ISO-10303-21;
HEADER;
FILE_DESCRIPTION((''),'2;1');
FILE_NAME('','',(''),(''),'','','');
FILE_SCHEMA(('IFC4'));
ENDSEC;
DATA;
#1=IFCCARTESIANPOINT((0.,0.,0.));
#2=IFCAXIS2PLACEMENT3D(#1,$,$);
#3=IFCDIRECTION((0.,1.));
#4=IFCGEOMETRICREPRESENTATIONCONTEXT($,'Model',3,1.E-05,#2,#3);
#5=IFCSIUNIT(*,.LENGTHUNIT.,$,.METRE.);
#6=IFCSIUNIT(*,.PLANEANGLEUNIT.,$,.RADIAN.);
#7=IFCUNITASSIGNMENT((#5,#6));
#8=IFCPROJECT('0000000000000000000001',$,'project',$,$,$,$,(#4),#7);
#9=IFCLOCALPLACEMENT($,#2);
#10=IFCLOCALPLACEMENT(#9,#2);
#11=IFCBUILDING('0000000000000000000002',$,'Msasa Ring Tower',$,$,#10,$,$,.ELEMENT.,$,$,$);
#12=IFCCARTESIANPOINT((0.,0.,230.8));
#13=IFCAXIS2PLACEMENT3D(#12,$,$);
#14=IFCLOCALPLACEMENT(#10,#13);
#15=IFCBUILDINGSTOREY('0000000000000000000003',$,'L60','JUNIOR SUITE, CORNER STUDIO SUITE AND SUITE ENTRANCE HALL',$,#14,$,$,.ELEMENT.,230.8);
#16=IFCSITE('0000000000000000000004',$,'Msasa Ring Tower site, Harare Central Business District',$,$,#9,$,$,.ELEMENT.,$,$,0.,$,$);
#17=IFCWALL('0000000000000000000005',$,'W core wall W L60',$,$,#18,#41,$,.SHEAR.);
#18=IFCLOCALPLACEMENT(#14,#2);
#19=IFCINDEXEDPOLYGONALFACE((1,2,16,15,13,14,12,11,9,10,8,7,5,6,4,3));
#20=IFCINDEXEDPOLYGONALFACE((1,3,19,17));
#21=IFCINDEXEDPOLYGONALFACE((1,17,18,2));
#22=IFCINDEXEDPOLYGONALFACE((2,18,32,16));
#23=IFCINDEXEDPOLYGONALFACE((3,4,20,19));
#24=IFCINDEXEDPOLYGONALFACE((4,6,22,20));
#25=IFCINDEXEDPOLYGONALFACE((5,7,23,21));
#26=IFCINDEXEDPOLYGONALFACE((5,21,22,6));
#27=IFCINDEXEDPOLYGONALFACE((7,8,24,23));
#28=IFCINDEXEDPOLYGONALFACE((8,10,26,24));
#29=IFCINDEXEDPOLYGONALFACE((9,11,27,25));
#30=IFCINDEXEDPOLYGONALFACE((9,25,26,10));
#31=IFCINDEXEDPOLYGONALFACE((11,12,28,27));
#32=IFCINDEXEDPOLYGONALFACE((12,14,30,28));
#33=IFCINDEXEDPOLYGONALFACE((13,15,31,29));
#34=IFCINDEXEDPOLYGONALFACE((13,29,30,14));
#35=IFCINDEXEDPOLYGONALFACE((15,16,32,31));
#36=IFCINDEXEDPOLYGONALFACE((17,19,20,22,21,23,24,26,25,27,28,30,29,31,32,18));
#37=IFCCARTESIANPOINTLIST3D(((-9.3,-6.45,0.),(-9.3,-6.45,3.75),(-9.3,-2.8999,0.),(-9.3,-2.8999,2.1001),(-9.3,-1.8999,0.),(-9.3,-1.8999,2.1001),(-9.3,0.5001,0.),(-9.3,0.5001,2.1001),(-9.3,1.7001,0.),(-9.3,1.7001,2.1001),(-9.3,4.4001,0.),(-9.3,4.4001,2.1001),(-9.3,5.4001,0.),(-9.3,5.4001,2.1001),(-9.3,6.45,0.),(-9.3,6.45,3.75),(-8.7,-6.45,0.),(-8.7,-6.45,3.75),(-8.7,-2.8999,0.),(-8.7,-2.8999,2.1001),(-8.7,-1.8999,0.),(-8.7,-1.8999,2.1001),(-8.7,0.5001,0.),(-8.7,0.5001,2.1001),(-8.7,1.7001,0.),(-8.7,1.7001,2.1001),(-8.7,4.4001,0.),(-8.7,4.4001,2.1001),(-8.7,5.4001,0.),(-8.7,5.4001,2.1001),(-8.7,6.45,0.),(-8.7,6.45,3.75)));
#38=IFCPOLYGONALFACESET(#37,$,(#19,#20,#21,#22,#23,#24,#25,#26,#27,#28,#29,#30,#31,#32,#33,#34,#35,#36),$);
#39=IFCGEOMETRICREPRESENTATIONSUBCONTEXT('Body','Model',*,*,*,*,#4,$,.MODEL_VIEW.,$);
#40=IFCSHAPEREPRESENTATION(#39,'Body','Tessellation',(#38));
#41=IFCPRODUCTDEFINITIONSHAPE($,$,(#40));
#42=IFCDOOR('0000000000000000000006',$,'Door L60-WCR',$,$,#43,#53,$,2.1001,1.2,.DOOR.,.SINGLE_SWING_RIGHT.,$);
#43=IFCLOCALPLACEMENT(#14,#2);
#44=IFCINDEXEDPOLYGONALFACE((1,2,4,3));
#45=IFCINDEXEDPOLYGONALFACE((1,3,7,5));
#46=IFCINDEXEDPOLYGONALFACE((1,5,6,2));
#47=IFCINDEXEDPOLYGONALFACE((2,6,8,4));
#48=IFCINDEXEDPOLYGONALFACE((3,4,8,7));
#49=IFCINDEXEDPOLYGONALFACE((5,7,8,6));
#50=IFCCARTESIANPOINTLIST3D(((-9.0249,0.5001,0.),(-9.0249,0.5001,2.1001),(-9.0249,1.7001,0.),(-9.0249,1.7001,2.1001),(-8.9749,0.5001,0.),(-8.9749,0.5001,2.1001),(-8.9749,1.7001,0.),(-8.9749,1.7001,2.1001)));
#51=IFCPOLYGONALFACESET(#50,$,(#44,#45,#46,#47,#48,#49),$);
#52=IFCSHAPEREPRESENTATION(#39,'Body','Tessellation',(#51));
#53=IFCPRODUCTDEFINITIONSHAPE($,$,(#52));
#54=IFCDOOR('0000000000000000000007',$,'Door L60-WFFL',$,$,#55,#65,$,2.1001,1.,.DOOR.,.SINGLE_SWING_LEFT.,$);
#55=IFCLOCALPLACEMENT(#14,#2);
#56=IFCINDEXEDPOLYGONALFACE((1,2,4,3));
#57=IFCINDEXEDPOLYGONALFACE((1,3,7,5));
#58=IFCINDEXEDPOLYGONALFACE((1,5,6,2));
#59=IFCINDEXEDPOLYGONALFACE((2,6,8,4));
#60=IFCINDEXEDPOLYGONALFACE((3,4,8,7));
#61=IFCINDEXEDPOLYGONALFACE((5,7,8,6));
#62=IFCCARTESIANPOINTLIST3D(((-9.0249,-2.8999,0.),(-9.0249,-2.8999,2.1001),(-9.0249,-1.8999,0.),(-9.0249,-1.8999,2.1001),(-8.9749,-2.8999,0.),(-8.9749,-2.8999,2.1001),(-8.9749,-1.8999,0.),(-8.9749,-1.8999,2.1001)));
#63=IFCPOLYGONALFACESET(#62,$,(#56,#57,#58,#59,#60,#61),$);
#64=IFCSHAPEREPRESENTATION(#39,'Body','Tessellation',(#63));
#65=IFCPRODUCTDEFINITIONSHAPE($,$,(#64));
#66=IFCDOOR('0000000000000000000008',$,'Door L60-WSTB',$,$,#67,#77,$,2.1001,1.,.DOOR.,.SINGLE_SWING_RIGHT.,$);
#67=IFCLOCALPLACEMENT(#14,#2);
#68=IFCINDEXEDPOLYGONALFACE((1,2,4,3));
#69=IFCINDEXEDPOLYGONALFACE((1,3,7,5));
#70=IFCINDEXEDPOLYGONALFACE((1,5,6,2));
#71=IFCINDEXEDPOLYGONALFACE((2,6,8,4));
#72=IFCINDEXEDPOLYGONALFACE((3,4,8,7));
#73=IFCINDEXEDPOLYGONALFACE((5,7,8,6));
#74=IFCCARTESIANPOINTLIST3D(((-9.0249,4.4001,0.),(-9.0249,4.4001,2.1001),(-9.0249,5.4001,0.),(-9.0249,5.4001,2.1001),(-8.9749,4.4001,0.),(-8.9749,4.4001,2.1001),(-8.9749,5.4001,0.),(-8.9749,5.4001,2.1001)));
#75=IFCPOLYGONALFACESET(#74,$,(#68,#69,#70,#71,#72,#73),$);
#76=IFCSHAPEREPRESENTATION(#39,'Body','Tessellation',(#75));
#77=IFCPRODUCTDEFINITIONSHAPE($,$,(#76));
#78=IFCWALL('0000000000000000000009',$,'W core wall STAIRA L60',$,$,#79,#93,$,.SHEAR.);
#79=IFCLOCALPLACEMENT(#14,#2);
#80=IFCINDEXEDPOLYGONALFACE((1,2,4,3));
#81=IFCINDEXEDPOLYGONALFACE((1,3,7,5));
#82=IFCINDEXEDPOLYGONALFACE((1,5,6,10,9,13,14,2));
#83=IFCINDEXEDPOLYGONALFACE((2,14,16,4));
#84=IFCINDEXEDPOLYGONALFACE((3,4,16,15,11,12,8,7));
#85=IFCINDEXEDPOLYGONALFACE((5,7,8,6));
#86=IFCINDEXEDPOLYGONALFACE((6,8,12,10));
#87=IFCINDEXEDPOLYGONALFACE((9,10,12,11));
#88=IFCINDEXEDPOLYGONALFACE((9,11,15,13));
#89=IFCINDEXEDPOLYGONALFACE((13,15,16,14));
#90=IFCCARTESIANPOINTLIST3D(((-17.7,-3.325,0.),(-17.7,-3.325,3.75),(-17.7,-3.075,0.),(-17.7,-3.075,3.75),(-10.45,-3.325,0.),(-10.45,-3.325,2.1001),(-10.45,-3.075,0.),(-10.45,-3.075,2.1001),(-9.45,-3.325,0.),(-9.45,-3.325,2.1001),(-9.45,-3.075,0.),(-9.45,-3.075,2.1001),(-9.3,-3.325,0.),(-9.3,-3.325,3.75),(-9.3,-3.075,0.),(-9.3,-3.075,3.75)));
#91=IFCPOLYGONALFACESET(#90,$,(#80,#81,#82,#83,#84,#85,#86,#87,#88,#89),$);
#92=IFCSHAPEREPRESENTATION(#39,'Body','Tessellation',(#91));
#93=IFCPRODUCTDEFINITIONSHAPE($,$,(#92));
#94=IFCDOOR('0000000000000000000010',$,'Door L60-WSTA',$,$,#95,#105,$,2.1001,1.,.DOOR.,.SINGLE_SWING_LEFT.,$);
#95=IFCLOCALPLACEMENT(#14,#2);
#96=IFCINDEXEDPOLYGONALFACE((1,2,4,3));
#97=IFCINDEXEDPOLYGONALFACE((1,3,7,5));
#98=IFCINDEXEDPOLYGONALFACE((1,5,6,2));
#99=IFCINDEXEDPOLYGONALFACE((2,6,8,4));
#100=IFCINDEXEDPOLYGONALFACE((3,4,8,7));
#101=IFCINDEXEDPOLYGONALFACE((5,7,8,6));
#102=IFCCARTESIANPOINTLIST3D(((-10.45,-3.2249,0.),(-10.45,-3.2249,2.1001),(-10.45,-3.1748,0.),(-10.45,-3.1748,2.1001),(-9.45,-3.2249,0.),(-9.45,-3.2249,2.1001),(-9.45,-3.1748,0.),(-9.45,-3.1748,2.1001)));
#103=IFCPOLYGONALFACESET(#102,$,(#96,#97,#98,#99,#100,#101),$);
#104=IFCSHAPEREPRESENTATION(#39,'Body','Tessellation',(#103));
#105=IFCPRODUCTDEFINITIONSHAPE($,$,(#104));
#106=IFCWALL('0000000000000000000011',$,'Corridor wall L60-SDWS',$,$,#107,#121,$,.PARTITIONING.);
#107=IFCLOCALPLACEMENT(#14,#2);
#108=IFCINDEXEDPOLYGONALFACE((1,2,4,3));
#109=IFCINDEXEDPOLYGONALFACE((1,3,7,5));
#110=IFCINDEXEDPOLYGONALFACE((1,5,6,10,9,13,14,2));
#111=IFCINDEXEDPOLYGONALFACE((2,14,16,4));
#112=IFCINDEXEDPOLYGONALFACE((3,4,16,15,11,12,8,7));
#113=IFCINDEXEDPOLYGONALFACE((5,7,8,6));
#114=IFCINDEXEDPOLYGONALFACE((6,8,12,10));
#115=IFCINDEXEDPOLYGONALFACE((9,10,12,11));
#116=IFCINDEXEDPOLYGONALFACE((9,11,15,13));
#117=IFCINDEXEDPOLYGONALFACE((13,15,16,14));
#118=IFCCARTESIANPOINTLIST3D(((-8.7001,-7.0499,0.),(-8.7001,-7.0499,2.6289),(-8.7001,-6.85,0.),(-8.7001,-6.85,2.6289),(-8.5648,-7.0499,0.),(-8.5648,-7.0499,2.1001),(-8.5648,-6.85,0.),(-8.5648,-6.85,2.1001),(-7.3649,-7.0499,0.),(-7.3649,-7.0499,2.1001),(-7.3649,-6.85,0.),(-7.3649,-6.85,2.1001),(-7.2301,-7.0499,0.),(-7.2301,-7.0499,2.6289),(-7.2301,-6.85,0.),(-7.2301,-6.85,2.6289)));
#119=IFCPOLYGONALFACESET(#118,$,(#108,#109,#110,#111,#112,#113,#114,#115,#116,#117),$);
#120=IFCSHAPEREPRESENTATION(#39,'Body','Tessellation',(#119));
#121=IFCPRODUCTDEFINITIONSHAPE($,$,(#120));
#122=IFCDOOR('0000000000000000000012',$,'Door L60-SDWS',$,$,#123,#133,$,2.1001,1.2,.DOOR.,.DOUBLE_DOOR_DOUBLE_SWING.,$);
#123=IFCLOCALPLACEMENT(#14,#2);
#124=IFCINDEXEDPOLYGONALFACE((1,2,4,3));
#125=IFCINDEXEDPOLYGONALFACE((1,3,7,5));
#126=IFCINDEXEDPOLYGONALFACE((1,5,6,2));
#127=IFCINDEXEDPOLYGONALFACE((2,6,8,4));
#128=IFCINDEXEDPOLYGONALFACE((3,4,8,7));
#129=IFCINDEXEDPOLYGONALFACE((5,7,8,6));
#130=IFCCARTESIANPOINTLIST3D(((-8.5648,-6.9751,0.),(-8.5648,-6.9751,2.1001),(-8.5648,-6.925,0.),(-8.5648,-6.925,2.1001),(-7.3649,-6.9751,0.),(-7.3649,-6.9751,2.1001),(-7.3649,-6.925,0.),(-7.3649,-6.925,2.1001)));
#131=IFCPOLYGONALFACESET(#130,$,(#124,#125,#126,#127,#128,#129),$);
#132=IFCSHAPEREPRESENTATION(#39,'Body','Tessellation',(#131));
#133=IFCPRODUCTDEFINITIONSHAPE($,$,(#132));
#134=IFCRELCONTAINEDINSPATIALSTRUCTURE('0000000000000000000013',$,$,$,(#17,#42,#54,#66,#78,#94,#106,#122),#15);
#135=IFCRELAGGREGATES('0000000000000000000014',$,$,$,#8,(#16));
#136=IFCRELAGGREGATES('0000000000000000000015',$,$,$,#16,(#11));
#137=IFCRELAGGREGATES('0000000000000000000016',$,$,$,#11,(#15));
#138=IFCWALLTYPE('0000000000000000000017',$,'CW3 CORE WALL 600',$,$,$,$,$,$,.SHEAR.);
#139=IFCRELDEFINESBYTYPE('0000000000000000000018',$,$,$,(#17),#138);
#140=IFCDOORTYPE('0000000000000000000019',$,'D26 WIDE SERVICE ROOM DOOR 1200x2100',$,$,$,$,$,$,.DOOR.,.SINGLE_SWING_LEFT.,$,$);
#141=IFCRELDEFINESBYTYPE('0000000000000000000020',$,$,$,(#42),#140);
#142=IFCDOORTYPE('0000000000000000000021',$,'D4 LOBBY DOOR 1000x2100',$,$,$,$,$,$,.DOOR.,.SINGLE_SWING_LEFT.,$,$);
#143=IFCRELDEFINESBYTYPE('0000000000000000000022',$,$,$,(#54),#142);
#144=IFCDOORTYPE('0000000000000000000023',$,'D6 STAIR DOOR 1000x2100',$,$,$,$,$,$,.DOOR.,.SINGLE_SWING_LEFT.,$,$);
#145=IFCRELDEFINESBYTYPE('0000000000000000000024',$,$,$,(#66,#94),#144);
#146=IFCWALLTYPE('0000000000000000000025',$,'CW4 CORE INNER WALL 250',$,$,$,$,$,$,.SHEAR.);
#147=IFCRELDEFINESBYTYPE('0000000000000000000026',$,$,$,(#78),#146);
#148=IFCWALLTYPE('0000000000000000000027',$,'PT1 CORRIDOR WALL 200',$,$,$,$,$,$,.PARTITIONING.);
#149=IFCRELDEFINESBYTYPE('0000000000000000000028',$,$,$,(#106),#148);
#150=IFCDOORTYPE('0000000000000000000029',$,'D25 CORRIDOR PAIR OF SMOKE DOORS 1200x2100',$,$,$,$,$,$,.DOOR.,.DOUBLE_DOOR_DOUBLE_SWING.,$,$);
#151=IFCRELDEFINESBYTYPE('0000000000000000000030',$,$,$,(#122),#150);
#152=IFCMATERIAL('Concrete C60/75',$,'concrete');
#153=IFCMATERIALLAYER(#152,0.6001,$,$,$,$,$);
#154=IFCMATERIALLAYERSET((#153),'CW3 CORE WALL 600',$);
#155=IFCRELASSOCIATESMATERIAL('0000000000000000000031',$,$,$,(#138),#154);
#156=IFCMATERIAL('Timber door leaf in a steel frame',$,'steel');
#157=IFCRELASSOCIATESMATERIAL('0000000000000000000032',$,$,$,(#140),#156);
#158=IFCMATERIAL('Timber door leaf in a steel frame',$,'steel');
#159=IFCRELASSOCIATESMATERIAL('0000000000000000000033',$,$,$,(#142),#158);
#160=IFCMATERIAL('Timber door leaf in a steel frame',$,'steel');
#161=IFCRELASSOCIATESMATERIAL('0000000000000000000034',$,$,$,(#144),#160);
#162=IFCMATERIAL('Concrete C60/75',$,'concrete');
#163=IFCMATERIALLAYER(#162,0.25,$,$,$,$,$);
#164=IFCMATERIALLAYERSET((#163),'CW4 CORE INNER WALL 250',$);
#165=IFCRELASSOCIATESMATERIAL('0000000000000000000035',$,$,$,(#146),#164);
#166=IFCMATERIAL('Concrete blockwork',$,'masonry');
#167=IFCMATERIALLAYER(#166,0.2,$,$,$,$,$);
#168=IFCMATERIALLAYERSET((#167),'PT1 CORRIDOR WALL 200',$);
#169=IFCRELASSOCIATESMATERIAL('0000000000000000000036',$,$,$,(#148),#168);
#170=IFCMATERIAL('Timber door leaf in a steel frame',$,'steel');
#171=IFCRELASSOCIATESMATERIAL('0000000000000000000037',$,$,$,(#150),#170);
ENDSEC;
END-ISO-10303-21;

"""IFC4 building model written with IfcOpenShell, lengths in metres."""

from ifc_helpers import new_model, si_unit, direction, frame, frame_2d, origin, place, context, subcontext, project, spatial, rectangle, extrude, material, layer, layer_set, type_object, element, fill, save


model = new_model("IFC4")

# Units and contexts
model_context = context("Model", 3, precision=1e-05, world=origin(), true_north=direction((0.0, 1.0)))
body_context = subcontext(model_context, "Body", "Model", "MODEL_VIEW")
ifc_project = project(units=[si_unit("LENGTHUNIT", "METRE"), si_unit("PLANEANGLEUNIT", "RADIAN")], contexts=[model_context])

# Site, building, storey
site_placement = place(None, origin())
site = spatial("IfcSite", under=ifc_project, at=site_placement, Name="Msasa Ring Tower site, Harare Central Business District", CompositionType="ELEMENT", RefElevation=0.0)
building_placement = place(site_placement, origin())
building = spatial("IfcBuilding", under=site, at=building_placement, Name="Msasa Ring Tower", CompositionType="ELEMENT")
storey_placement = place(building_placement, frame((0.0, 0.0, 230.8)))
storey = spatial("IfcBuildingStorey", under=building, at=storey_placement, Name="L60", Description="JUNIOR SUITE, CORNER STUDIO SUITE AND SUITE ENTRANCE HALL", CompositionType="ELEMENT", Elevation=230.8)

# Shared definitions
ifc_material_1 = material(Name="Concrete C60/75", Category="concrete")
ifc_layer_1 = layer(ifc_material_1, 0.6001)
ifc_layer_set_1 = layer_set([ifc_layer_1], Name="CW3 CORE WALL 600")
wall_type_1 = type_object("IfcWallType", Name="CW3 CORE WALL 600", PredefinedType="SHEAR", material=ifc_layer_set_1)

# Wall, openings, doors
wall_1_placement = place(storey_placement, frame((-9.0, -6.45, 0.0), z_axis=(0.0, 0.0, 1.0), x_axis=(0.0, 1.0, 0.0)))
wall_1 = element("IfcWall", 1, at=wall_1_placement, inside=storey, type_object=wall_type_1, Name="W core wall W L60", PredefinedType="SHEAR", context=body_context, shape_type="SweptSolid", body=[
    extrude(rectangle(XDim=12.8999, YDim=0.6001, at=frame_2d((6.45, 0.0))), origin(), (0.0, 0.0, 1.0), 3.75),
])
opening_1_placement = place(wall_1_placement, frame((3.55, 0.0, 0.0)))
opening_1 = element("IfcOpeningElement", 2, at=opening_1_placement, cuts=wall_1, PredefinedType="OPENING", context=body_context, shape_type="SweptSolid", body=[
    extrude(rectangle(XDim=1.0, YDim=2.1001, at=frame_2d((0.5, 1.05))), frame((0.0, 0.3101, 0.0), z_axis=(0.0, -1.0, 0.0), x_axis=(1.0, 0.0, 0.0)), (0.0, 0.0, 1.0), 0.6201),
])
opening_2_placement = place(wall_1_placement, frame((6.95, 0.0, 0.0)))
opening_2 = element("IfcOpeningElement", 3, at=opening_2_placement, cuts=wall_1, PredefinedType="OPENING", context=body_context, shape_type="SweptSolid", body=[
    extrude(rectangle(XDim=1.2, YDim=2.1001, at=frame_2d((0.6001, 1.05))), frame((0.0, 0.3101, 0.0), z_axis=(0.0, -1.0, 0.0), x_axis=(1.0, 0.0, 0.0)), (0.0, 0.0, 1.0), 0.6201),
])
opening_3_placement = place(wall_1_placement, frame((10.8501, 0.0, 0.0)))
opening_3 = element("IfcOpeningElement", 4, at=opening_3_placement, cuts=wall_1, PredefinedType="OPENING", context=body_context, shape_type="SweptSolid", body=[
    extrude(rectangle(XDim=1.0, YDim=2.1001, at=frame_2d((0.5, 1.05))), frame((0.0, 0.3101, 0.0), z_axis=(0.0, -1.0, 0.0), x_axis=(1.0, 0.0, 0.0)), (0.0, 0.0, 1.0), 0.6201),
])
ifc_material_2 = material(Name="Timber door leaf in a steel frame", Category="steel")
door_type_1 = type_object("IfcDoorType", Name="D26 WIDE SERVICE ROOM DOOR 1200x2100", OperationType="SINGLE_SWING_LEFT", PredefinedType="DOOR", material=ifc_material_2)
door_1_placement = place(opening_2_placement, origin())
door_1 = element("IfcDoor", 5, at=door_1_placement, inside=storey, type_object=door_type_1, Name="Door L60-WCR", OperationType="SINGLE_SWING_RIGHT", OverallHeight=2.1001, OverallWidth=1.2, PredefinedType="DOOR", context=body_context, shape_type="SweptSolid", body=[
    extrude(rectangle(XDim=1.2, YDim=2.1001, at=frame_2d((0.6001, 1.05))), frame((0.0, 0.0249, 0.0), z_axis=(0.0, -1.0, 0.0), x_axis=(1.0, 0.0, 0.0)), (0.0, 0.0, 1.0), 0.05),
])
fill(opening_2, door_1)
ifc_material_3 = material(Name="Timber door leaf in a steel frame", Category="steel")
door_type_2 = type_object("IfcDoorType", Name="D4 LOBBY DOOR 1000x2100", OperationType="SINGLE_SWING_LEFT", PredefinedType="DOOR", material=ifc_material_3)
door_2_placement = place(opening_1_placement, origin())
door_2 = element("IfcDoor", 6, at=door_2_placement, inside=storey, type_object=door_type_2, Name="Door L60-WFFL", OperationType="SINGLE_SWING_LEFT", OverallHeight=2.1001, OverallWidth=1.0, PredefinedType="DOOR", context=body_context, shape_type="SweptSolid", body=[
    extrude(rectangle(XDim=1.0, YDim=2.1001, at=frame_2d((0.5, 1.05))), frame((0.0, 0.0249, 0.0), z_axis=(0.0, -1.0, 0.0), x_axis=(1.0, 0.0, 0.0)), (0.0, 0.0, 1.0), 0.05),
])
fill(opening_1, door_2)
ifc_material_4 = material(Name="Timber door leaf in a steel frame", Category="steel")
door_type_3 = type_object("IfcDoorType", Name="D6 STAIR DOOR 1000x2100", OperationType="SINGLE_SWING_LEFT", PredefinedType="DOOR", material=ifc_material_4)
door_3_placement = place(opening_3_placement, origin())
door_3 = element("IfcDoor", 7, at=door_3_placement, inside=storey, type_object=door_type_3, Name="Door L60-WSTB", OperationType="SINGLE_SWING_RIGHT", OverallHeight=2.1001, OverallWidth=1.0, PredefinedType="DOOR", context=body_context, shape_type="SweptSolid", body=[
    extrude(rectangle(XDim=1.0, YDim=2.1001, at=frame_2d((0.5, 1.05))), frame((0.0, 0.0249, 0.0), z_axis=(0.0, -1.0, 0.0), x_axis=(1.0, 0.0, 0.0)), (0.0, 0.0, 1.0), 0.05),
])
fill(opening_3, door_3)

# Walls, openings, doors
ifc_material_5 = material(Name="Concrete C60/75", Category="concrete")
ifc_layer_2 = layer(ifc_material_5, 0.25)
ifc_layer_set_2 = layer_set([ifc_layer_2], Name="CW4 CORE INNER WALL 250")
wall_type_2 = type_object("IfcWallType", Name="CW4 CORE INNER WALL 250", PredefinedType="SHEAR", material=ifc_layer_set_2)
wall_2_placement = place(storey_placement, frame((-9.3, -3.2, 0.0), z_axis=(0.0, 0.0, 1.0), x_axis=(-1.0, 0.0, 0.0)))
wall_2 = element("IfcWall", 8, at=wall_2_placement, inside=storey, type_object=wall_type_2, Name="W core wall STAIRA L60", PredefinedType="SHEAR", context=body_context, shape_type="SweptSolid", body=[
    extrude(rectangle(XDim=8.3999, YDim=0.25, at=frame_2d((4.2, 0.0))), origin(), (0.0, 0.0, 1.0), 3.75),
])
opening_4_placement = place(wall_2_placement, frame((0.1499, 0.0, 0.0)))
opening_4 = element("IfcOpeningElement", 9, at=opening_4_placement, cuts=wall_2, PredefinedType="OPENING", context=body_context, shape_type="SweptSolid", body=[
    extrude(rectangle(XDim=1.0, YDim=2.1001, at=frame_2d((0.5, 1.05))), frame((0.0, 0.135, 0.0), z_axis=(0.0, -1.0, 0.0), x_axis=(1.0, 0.0, 0.0)), (0.0, 0.0, 1.0), 0.27),
])
door_4_placement = place(opening_4_placement, origin())
door_4 = element("IfcDoor", 10, at=door_4_placement, inside=storey, type_object=door_type_3, Name="Door L60-WSTA", OperationType="SINGLE_SWING_LEFT", OverallHeight=2.1001, OverallWidth=1.0, PredefinedType="DOOR", context=body_context, shape_type="SweptSolid", body=[
    extrude(rectangle(XDim=1.0, YDim=2.1001, at=frame_2d((0.5, 1.05))), frame((0.0, 0.0249, 0.0), z_axis=(0.0, -1.0, 0.0), x_axis=(1.0, 0.0, 0.0)), (0.0, 0.0, 1.0), 0.05),
])
fill(opening_4, door_4)
ifc_material_6 = material(Name="Concrete blockwork", Category="masonry")
ifc_layer_3 = layer(ifc_material_6, 0.2)
ifc_layer_set_3 = layer_set([ifc_layer_3], Name="PT1 CORRIDOR WALL 200")
wall_type_3 = type_object("IfcWallType", Name="PT1 CORRIDOR WALL 200", PredefinedType="PARTITIONING", material=ifc_layer_set_3)
wall_3_placement = place(storey_placement, frame((-8.7, -6.95, 0.0), z_axis=(0.0, 0.0, 1.0), x_axis=(1.0, 0.0, 0.0)))
wall_3 = element("IfcWall", 11, at=wall_3_placement, inside=storey, type_object=wall_type_3, Name="Corridor wall L60-SDWS", PredefinedType="PARTITIONING", context=body_context, shape_type="SweptSolid", body=[
    extrude(rectangle(XDim=1.47, YDim=0.2, at=frame_2d((0.7349, 0.0))), origin(), (0.0, 0.0, 1.0), 2.6289),
])
opening_5_placement = place(wall_3_placement, frame((0.135, 0.0, 0.0)))
opening_5 = element("IfcOpeningElement", 12, at=opening_5_placement, cuts=wall_3, PredefinedType="OPENING", context=body_context, shape_type="SweptSolid", body=[
    extrude(rectangle(XDim=1.2, YDim=2.1001, at=frame_2d((0.6001, 1.05))), frame((0.0, 0.1099, 0.0), z_axis=(0.0, -1.0, 0.0), x_axis=(1.0, 0.0, 0.0)), (0.0, 0.0, 1.0), 0.22),
])
ifc_material_7 = material(Name="Timber door leaf in a steel frame", Category="steel")
door_type_4 = type_object("IfcDoorType", Name="D25 CORRIDOR PAIR OF SMOKE DOORS 1200x2100", OperationType="DOUBLE_DOOR_DOUBLE_SWING", PredefinedType="DOOR", material=ifc_material_7)
door_5_placement = place(opening_5_placement, origin())
door_5 = element("IfcDoor", 13, at=door_5_placement, inside=storey, type_object=door_type_4, Name="Door L60-SDWS", OperationType="DOUBLE_DOOR_DOUBLE_SWING", OverallHeight=2.1001, OverallWidth=1.2, PredefinedType="DOOR", context=body_context, shape_type="SweptSolid", body=[
    extrude(rectangle(XDim=1.2, YDim=2.1001, at=frame_2d((0.6001, 1.05))), frame((0.0, 0.0249, 0.0), z_axis=(0.0, -1.0, 0.0), x_axis=(1.0, 0.0, 0.0)), (0.0, 0.0, 1.0), 0.05),
])
fill(opening_5, door_5)

save(model, "model.ifc")
